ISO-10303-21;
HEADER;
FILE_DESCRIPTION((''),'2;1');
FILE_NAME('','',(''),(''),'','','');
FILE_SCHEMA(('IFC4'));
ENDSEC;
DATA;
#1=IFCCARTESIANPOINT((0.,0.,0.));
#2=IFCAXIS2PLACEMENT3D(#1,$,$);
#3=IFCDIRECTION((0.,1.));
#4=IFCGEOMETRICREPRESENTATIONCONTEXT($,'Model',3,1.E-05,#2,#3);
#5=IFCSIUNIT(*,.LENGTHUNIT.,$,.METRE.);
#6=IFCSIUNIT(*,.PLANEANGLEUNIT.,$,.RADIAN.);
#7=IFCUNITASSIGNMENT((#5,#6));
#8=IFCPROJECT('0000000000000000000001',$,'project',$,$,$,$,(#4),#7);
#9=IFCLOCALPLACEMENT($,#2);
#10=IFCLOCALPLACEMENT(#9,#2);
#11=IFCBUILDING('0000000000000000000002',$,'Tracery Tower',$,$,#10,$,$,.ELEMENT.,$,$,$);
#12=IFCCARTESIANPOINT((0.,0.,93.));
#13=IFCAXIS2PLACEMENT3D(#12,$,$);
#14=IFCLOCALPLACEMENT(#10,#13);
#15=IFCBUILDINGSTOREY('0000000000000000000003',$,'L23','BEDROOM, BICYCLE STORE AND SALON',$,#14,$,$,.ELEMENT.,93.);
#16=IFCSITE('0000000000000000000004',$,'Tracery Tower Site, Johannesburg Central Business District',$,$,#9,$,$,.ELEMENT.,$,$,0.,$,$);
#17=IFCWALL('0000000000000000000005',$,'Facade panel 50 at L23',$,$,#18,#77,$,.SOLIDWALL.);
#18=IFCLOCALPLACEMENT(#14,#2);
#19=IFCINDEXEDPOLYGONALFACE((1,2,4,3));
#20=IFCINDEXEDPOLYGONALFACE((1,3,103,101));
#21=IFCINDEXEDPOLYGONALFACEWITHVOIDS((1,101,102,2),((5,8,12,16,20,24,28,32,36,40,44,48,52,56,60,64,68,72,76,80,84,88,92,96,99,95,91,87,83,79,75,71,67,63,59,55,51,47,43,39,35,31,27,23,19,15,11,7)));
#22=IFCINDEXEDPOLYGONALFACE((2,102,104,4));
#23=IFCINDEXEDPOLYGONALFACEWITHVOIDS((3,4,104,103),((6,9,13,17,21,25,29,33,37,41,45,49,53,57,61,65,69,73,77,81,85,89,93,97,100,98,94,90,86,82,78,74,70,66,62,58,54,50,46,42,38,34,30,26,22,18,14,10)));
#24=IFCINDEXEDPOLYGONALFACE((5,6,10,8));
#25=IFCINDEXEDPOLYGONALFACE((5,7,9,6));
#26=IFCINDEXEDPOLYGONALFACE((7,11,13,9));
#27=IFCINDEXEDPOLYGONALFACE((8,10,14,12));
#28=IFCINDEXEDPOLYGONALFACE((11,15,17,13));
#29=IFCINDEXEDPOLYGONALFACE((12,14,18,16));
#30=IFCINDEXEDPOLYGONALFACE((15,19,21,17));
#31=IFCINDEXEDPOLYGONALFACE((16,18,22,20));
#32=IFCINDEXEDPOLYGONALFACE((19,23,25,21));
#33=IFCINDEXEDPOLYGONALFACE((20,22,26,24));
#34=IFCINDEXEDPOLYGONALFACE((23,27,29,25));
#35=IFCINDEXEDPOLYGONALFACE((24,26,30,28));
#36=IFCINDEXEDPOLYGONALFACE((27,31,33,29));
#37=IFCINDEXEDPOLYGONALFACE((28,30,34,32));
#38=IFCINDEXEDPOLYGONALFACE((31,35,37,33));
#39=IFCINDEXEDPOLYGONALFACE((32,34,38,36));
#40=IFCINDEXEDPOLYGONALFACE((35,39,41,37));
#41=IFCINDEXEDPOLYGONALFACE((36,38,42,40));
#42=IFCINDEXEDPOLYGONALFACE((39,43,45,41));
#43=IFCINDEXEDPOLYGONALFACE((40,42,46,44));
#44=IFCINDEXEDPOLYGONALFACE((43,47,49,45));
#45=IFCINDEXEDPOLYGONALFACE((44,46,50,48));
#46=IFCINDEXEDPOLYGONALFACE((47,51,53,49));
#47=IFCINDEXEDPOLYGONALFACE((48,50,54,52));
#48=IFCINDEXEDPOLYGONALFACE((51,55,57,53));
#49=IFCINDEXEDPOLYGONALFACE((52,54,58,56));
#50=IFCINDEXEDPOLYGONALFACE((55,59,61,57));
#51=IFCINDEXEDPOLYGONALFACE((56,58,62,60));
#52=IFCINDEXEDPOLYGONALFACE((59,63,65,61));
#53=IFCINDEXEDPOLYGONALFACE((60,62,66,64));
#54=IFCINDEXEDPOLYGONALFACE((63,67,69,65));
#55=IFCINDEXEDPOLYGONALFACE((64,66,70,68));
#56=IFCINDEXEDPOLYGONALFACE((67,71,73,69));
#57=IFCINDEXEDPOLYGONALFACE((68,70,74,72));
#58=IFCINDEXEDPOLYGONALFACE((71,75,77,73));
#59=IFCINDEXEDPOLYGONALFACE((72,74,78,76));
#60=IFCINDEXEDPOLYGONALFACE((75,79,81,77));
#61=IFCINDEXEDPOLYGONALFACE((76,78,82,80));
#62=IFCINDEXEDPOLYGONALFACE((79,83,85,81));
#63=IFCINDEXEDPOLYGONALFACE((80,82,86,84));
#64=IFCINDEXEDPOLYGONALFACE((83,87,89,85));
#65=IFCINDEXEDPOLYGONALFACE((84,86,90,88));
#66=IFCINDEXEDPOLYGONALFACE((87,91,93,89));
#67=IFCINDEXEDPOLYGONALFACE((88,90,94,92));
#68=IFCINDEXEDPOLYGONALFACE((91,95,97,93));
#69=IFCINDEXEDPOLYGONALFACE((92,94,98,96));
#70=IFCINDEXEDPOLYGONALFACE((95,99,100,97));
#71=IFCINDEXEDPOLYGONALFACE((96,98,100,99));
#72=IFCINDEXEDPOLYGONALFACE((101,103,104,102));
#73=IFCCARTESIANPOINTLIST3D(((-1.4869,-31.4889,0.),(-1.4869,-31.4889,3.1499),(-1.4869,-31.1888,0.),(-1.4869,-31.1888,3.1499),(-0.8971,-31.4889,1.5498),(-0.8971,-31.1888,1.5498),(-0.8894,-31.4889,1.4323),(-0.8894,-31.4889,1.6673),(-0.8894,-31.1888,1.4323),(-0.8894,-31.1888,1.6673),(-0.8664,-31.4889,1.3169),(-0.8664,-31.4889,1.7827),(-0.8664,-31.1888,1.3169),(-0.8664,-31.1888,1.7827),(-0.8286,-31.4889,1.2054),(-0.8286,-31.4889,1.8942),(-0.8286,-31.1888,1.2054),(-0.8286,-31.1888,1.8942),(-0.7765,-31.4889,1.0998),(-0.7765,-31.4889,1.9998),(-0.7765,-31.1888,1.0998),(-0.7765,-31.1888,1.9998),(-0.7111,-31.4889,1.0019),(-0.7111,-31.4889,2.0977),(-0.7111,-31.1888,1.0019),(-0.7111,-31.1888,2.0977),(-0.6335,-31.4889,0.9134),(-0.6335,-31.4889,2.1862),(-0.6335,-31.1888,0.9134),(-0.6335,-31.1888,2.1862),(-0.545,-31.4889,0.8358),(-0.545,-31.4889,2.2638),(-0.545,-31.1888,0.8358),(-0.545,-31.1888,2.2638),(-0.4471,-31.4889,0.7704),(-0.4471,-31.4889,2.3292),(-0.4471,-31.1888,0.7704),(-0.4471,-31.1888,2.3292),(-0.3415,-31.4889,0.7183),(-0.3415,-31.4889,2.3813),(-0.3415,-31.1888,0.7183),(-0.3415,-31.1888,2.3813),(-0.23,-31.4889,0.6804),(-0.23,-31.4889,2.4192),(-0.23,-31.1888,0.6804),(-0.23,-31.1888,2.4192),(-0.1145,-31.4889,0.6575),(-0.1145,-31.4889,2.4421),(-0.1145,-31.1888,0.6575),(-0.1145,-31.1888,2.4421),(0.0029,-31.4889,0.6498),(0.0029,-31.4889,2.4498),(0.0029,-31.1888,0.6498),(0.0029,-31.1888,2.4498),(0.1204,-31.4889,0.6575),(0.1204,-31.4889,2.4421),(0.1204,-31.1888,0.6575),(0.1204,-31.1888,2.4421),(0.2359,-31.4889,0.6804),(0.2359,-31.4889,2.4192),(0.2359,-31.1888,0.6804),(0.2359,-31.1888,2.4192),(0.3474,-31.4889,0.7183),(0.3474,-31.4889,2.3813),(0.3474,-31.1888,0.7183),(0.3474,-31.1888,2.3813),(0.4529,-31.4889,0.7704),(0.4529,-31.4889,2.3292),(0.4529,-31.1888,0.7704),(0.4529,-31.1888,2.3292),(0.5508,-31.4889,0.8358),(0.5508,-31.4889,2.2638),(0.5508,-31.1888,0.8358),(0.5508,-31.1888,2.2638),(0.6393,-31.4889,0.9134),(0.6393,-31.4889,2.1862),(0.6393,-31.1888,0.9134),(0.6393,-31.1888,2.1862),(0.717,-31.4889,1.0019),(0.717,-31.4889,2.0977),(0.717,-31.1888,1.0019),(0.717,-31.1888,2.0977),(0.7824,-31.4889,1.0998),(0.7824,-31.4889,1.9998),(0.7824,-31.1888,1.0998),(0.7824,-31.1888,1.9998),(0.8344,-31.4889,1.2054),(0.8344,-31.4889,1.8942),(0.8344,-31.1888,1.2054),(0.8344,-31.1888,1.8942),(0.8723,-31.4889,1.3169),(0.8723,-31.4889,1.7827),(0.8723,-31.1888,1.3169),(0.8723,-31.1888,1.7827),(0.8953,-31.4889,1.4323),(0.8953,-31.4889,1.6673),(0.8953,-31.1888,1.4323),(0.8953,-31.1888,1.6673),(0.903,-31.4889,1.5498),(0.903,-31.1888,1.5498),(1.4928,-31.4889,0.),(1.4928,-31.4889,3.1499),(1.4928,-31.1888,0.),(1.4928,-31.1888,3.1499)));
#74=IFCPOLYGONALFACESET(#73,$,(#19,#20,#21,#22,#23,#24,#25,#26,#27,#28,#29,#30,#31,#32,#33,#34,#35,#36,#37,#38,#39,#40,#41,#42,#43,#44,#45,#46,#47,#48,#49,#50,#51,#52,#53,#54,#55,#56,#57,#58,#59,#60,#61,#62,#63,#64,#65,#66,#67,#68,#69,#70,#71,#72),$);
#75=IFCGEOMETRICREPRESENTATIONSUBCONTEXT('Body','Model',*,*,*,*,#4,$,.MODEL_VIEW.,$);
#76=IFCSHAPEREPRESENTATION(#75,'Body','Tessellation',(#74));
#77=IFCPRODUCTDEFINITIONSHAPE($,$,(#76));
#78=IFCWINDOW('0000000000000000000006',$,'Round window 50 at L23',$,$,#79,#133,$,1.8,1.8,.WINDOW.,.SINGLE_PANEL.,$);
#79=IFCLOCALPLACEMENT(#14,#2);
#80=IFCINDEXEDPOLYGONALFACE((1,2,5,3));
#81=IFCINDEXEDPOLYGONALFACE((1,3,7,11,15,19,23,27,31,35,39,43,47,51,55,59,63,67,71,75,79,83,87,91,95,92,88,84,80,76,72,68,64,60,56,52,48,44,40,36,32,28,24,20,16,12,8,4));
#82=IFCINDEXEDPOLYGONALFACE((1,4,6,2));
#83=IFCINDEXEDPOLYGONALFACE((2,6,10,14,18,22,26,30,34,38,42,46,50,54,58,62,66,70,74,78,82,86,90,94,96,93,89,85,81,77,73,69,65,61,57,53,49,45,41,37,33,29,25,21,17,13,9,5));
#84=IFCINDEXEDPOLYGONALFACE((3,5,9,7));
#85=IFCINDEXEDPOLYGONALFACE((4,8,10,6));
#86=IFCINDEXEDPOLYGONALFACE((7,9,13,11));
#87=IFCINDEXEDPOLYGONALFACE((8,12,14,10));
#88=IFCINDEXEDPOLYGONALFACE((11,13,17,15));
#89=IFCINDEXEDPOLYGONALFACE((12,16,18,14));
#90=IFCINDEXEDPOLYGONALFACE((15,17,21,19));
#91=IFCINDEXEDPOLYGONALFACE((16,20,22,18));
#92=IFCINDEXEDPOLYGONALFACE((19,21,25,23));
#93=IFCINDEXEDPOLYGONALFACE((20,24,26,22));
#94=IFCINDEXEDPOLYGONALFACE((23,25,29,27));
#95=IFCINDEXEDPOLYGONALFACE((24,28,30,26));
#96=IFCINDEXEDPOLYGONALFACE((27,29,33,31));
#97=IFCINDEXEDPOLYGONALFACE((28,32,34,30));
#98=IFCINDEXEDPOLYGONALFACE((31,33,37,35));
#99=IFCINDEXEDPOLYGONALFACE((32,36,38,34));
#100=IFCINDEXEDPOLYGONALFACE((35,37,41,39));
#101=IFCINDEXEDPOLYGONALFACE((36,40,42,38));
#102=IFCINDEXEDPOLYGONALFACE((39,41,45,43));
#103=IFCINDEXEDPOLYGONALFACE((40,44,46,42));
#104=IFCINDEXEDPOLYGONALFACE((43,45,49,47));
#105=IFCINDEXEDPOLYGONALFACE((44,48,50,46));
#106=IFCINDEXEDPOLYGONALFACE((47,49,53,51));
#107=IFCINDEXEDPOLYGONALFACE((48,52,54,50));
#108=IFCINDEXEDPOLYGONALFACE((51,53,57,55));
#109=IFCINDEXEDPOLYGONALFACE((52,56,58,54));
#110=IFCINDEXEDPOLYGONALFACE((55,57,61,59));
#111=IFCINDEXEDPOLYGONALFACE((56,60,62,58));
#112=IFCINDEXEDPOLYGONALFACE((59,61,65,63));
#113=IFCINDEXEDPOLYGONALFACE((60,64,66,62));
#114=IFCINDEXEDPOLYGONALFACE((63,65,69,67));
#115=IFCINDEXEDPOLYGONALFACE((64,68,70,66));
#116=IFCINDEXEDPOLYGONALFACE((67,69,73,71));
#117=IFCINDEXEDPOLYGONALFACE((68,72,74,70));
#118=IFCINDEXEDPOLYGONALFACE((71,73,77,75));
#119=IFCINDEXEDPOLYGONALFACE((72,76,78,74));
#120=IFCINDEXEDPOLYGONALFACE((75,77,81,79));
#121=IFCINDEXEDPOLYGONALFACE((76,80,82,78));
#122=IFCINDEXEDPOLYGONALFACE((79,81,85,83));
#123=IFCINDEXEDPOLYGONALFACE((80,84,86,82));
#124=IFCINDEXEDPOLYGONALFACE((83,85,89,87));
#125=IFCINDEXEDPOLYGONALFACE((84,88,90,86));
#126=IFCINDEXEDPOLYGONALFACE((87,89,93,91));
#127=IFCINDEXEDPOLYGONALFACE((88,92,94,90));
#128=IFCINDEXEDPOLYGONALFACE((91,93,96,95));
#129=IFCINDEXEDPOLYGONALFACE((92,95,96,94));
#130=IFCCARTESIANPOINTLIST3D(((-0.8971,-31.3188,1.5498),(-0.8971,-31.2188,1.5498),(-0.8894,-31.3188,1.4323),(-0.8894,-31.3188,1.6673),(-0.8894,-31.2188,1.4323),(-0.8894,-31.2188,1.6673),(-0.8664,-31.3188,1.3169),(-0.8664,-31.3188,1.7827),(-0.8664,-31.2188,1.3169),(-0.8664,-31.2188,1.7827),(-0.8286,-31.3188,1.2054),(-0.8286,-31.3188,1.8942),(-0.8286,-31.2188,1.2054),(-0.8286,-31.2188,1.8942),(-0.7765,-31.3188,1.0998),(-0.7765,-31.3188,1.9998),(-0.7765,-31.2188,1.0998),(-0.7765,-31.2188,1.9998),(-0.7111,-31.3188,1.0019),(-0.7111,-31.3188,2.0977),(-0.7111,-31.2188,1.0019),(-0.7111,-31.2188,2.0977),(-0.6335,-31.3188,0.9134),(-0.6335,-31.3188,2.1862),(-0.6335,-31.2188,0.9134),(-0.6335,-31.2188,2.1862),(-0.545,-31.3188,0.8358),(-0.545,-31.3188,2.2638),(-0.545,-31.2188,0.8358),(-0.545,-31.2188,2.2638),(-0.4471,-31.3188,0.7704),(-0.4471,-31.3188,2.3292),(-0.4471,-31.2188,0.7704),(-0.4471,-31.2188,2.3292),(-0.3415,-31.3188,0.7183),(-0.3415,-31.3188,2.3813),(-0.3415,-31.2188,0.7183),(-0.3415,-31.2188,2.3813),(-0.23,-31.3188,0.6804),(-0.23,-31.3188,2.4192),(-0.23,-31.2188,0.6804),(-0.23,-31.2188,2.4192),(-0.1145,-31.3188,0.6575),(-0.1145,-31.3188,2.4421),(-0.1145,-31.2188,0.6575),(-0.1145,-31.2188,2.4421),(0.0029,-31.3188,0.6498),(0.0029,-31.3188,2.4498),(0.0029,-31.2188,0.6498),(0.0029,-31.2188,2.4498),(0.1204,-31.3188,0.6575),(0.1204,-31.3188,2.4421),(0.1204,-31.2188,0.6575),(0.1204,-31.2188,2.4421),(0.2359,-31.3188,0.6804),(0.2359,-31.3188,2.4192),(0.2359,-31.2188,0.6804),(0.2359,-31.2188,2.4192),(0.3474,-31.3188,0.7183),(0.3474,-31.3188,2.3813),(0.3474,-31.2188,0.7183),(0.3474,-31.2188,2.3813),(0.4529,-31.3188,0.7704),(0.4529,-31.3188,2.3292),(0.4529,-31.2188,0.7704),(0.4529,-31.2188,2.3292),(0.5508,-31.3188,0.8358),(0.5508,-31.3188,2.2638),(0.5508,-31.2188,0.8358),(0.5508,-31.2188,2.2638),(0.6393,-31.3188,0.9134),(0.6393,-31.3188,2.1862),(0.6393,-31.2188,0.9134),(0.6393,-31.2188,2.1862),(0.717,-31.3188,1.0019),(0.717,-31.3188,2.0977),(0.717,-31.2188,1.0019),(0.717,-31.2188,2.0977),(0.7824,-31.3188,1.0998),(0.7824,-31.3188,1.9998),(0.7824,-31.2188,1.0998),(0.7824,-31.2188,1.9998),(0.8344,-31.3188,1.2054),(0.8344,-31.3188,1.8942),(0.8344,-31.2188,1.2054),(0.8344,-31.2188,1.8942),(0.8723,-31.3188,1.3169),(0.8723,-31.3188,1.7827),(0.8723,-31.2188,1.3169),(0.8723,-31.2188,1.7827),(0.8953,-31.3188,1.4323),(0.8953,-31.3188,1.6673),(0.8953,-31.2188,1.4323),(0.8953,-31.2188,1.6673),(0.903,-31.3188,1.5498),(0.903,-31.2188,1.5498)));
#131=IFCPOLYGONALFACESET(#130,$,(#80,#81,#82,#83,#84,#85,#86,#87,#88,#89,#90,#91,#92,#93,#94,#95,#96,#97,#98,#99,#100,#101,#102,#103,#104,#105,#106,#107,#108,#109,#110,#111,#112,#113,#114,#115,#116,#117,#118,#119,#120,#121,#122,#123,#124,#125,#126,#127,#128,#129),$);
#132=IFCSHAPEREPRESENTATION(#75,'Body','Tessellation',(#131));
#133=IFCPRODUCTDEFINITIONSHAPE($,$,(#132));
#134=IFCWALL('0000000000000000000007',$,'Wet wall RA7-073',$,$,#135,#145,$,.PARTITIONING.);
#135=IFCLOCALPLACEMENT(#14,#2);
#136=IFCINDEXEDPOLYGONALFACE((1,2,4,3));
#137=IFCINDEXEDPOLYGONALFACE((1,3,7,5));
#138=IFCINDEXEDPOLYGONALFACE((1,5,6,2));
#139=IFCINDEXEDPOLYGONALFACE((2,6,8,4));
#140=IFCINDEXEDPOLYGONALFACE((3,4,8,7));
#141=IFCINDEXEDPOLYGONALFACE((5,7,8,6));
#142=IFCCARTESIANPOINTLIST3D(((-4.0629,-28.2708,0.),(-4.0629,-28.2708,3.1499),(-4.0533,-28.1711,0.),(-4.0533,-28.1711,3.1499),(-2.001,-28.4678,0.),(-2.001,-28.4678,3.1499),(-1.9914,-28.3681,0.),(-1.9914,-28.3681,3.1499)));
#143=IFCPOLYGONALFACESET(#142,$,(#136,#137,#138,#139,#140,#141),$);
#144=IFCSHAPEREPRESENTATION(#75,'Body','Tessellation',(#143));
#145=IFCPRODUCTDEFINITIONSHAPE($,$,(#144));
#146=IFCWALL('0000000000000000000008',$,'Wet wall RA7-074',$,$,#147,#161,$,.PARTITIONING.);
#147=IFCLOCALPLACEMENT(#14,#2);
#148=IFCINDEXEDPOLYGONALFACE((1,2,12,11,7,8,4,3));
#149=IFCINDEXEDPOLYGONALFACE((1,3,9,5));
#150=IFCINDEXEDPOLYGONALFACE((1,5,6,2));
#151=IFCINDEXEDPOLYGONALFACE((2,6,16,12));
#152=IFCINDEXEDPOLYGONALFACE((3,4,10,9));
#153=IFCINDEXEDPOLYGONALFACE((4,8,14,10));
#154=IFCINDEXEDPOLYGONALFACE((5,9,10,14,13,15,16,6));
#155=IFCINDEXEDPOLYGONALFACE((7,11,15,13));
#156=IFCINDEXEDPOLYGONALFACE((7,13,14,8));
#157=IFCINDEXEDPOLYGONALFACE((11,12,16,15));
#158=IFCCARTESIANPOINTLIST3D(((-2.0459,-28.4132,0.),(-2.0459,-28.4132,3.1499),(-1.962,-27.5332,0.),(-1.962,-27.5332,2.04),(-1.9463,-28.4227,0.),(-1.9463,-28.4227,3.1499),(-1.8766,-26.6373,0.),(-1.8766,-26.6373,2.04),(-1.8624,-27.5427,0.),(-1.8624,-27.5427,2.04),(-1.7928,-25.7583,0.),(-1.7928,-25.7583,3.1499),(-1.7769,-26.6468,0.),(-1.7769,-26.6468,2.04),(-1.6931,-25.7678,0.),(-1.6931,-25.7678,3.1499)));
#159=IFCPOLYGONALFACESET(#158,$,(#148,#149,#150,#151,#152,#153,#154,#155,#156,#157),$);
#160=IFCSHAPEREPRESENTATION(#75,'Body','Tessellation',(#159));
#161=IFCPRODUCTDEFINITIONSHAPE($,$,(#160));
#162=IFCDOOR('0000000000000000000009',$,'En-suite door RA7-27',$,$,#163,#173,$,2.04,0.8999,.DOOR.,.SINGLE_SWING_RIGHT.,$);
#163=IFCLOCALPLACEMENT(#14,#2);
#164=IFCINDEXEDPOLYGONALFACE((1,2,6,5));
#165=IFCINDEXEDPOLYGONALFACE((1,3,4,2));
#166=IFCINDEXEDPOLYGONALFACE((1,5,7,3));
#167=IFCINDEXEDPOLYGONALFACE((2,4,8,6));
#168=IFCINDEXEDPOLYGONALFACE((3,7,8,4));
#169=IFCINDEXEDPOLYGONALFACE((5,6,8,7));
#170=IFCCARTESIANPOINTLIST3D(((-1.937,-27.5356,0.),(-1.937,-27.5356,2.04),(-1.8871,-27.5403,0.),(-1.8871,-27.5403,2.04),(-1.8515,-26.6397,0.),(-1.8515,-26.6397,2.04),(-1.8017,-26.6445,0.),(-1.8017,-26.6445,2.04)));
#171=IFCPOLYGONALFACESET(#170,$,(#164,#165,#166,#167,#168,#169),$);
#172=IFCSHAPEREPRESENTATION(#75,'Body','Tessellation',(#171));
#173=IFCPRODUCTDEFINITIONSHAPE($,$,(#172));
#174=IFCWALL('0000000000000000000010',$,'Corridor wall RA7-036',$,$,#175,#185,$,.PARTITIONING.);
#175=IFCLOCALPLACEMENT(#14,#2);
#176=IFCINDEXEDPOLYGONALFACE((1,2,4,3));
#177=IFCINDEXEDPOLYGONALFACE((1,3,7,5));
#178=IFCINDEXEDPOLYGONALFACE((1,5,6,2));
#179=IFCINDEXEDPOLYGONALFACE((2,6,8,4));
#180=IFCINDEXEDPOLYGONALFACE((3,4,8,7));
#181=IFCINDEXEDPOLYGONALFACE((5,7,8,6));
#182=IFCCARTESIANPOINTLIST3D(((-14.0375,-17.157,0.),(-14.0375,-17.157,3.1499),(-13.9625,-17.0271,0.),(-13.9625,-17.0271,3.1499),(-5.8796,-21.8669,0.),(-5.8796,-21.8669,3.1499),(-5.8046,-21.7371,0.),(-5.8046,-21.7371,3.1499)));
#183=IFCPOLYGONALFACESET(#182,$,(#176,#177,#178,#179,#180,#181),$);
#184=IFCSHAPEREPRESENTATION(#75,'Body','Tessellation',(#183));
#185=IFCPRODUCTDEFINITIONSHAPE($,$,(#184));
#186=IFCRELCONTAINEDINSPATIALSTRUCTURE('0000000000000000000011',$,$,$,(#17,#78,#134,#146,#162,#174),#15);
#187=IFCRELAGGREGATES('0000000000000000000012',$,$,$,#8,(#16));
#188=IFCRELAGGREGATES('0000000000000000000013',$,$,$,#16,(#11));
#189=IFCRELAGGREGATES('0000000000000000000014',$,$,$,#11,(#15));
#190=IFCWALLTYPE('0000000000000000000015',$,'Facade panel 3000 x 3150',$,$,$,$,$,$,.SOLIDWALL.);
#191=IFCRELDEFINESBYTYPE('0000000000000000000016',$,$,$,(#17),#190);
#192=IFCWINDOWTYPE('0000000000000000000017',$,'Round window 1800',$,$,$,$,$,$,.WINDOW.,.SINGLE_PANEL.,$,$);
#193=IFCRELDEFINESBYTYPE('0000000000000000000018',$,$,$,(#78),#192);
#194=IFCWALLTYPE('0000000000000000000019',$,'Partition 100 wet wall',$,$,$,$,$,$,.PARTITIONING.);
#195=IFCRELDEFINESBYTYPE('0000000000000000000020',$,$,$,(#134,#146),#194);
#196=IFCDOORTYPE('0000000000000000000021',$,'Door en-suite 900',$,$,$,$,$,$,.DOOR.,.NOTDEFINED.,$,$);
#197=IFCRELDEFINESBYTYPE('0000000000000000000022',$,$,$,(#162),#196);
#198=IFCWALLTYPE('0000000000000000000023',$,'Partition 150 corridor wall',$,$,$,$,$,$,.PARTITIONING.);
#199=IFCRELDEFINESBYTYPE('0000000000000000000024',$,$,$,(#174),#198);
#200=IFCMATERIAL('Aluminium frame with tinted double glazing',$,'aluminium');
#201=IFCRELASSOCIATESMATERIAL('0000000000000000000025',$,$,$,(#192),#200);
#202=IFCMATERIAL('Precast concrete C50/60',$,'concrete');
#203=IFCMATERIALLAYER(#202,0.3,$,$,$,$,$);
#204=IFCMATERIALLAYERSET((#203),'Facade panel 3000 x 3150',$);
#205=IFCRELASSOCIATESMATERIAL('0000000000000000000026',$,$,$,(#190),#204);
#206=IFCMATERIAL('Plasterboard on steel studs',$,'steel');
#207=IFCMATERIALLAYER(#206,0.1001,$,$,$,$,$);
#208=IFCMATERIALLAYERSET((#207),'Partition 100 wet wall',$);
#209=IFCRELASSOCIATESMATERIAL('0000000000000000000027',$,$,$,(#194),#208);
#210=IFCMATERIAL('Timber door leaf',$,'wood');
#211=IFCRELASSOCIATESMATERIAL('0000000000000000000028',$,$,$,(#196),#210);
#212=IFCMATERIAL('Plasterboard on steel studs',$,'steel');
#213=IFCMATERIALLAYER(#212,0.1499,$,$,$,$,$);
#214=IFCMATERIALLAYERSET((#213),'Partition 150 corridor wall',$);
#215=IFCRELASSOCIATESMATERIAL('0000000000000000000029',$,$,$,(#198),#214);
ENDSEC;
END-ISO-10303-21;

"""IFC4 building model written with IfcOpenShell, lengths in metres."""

from ifc_helpers import new_model, si_unit, direction, frame, frame_2d, origin, origin_2d, place, context, subcontext, project, spatial, rectangle, circle, extrude, material, layer, layer_set, type_object, element, fill, save


model = new_model("IFC4")

# Units and contexts
model_context = context("Model", 3, precision=1e-05, world=origin(), true_north=direction((0.0, 1.0)))
body_context = subcontext(model_context, "Body", "Model", "MODEL_VIEW")
ifc_project = project(units=[si_unit("LENGTHUNIT", "METRE"), si_unit("PLANEANGLEUNIT", "RADIAN")], contexts=[model_context])

# Site, building, storey
site_placement = place(None, origin())
site = spatial("IfcSite", under=ifc_project, at=site_placement, Name="Tracery Tower Site, Johannesburg Central Business District", CompositionType="ELEMENT", RefElevation=0.0)
building_placement = place(site_placement, origin())
building = spatial("IfcBuilding", under=site, at=building_placement, Name="Tracery Tower", CompositionType="ELEMENT")
storey_placement = place(building_placement, frame((0.0, 0.0, 93.0)))
storey = spatial("IfcBuildingStorey", under=building, at=storey_placement, Name="L23", Description="BEDROOM, BICYCLE STORE AND SALON", CompositionType="ELEMENT", Elevation=93.0)

# Wall, opening, window
ifc_material_1 = material(Name="Aluminium frame with tinted double glazing", Category="aluminium")
window_type = type_object("IfcWindowType", Name="Round window 1800", PartitioningType="SINGLE_PANEL", PredefinedType="WINDOW", material=ifc_material_1)
ifc_material_2 = material(Name="Precast concrete C50/60", Category="concrete")
ifc_layer_1 = layer(ifc_material_2, 0.3)
ifc_layer_set_1 = layer_set([ifc_layer_1], Name="Facade panel 3000 x 3150")
wall_type_1 = type_object("IfcWallType", Name="Facade panel 3000 x 3150", PredefinedType="SOLIDWALL", material=ifc_layer_set_1)
wall_1_placement = place(storey_placement, frame((-1.4868, -31.3389, 0.0), z_axis=(0.0, 0.0, 1.0), x_axis=(1.0, 0.0, 0.0)))
wall_1 = element("IfcWall", 1, at=wall_1_placement, inside=storey, type_object=wall_type_1, Name="Facade panel 50 at L23", PredefinedType="SOLIDWALL", context=body_context, shape_type="SweptSolid", body=[
    extrude(rectangle(XDim=2.9797, YDim=0.3, at=frame_2d((1.4897, 0.0))), origin(), (0.0, 0.0, 1.0), 3.1499),
])
opening_1_placement = place(wall_1_placement, frame((1.4897, 0.0, 1.5498)))
opening_1 = element("IfcOpeningElement", 2, at=opening_1_placement, cuts=wall_1, PredefinedType="OPENING", context=body_context, shape_type="SweptSolid", body=[
    extrude(circle(Radius=0.9, at=origin_2d()), frame((0.0, 0.1599, 0.0), z_axis=(0.0, -1.0, 0.0), x_axis=(1.0, 0.0, 0.0)), (0.0, 0.0, 1.0), 0.3201),
])
window_1_placement = place(opening_1_placement, origin())
window_1 = element("IfcWindow", 3, at=window_1_placement, inside=storey, type_object=window_type, Name="Round window 50 at L23", OverallHeight=1.8, OverallWidth=1.8, PartitioningType="SINGLE_PANEL", PredefinedType="WINDOW", context=body_context, shape_type="SweptSolid", body=[
    extrude(circle(Radius=0.9, at=origin_2d()), frame((0.0, 0.1201, 0.0), z_axis=(0.0, -1.0, 0.0), x_axis=(1.0, 0.0, 0.0)), (0.0, 0.0, 1.0), 0.1001),
])
fill(opening_1, window_1)

# Wall
ifc_material_3 = material(Name="Plasterboard on steel studs", Category="steel")
ifc_layer_2 = layer(ifc_material_3, 0.1001)
ifc_layer_set_2 = layer_set([ifc_layer_2], Name="Partition 100 wet wall")
wall_type_2 = type_object("IfcWallType", Name="Partition 100 wet wall", PredefinedType="PARTITIONING", material=ifc_layer_set_2)
wall_2_placement = place(storey_placement, frame((-4.0581, -28.2209, 0.0), z_axis=(0.0, 0.0, 1.0), x_axis=(0.995466, -0.095115, 0.0)))
element("IfcWall", 4, at=wall_2_placement, inside=storey, type_object=wall_type_2, Name="Wet wall RA7-073", PredefinedType="PARTITIONING", context=body_context, shape_type="SweptSolid", body=[
    extrude(rectangle(XDim=2.0713, YDim=0.1001, at=frame_2d((1.0356, 0.0))), origin(), (0.0, 0.0, 1.0), 3.1499),
])

# Wall, opening, door
wall_3_placement = place(storey_placement, frame((-1.9961, -28.418, 0.0), z_axis=(0.0, 0.0, 1.0), x_axis=(0.094926, 0.995484, 0.0)))
wall_3 = element("IfcWall", 5, at=wall_3_placement, inside=storey, type_object=wall_type_2, Name="Wet wall RA7-074", PredefinedType="PARTITIONING", context=body_context, shape_type="SweptSolid", body=[
    extrude(rectangle(XDim=2.667, YDim=0.1001, at=frame_2d((1.3335, 0.0))), origin(), (0.0, 0.0, 1.0), 3.1499),
])
opening_2_placement = place(wall_3_placement, frame((0.884, 0.0, 0.0)))
opening_2 = element("IfcOpeningElement", 6, at=opening_2_placement, cuts=wall_3, PredefinedType="OPENING", context=body_context, shape_type="SweptSolid", body=[
    extrude(rectangle(XDim=0.8999, YDim=2.04, at=frame_2d((0.45, 1.02))), frame((0.0, 0.05, 0.0), z_axis=(0.0, -1.0, 0.0), x_axis=(1.0, 0.0, 0.0)), (0.0, 0.0, 1.0), 0.1001),
])
ifc_material_4 = material(Name="Timber door leaf", Category="wood")
door_type_1 = type_object("IfcDoorType", Name="Door en-suite 900", OperationType="NOTDEFINED", PredefinedType="DOOR", material=ifc_material_4)
door_1_placement = place(opening_2_placement, origin())
door_1 = element("IfcDoor", 7, at=door_1_placement, inside=storey, type_object=door_type_1, Name="En-suite door RA7-27", OperationType="SINGLE_SWING_RIGHT", OverallHeight=2.04, OverallWidth=0.8999, PredefinedType="DOOR", context=body_context, shape_type="SweptSolid", body=[
    extrude(rectangle(XDim=0.8999, YDim=2.04, at=frame_2d((0.45, 1.02))), frame((0.0, 0.0249, 0.0), z_axis=(0.0, -1.0, 0.0), x_axis=(1.0, 0.0, 0.0)), (0.0, 0.0, 1.0), 0.05),
])
fill(opening_2, door_1)

# Wall
ifc_material_5 = material(Name="Plasterboard on steel studs", Category="steel")
ifc_layer_3 = layer(ifc_material_5, 0.1499)
ifc_layer_set_3 = layer_set([ifc_layer_3], Name="Partition 150 corridor wall")
wall_type_3 = type_object("IfcWallType", Name="Partition 150 corridor wall", PredefinedType="PARTITIONING", material=ifc_layer_set_3)
wall_4_placement = place(storey_placement, frame((-14.0, -17.092, 0.0), z_axis=(0.0, 0.0, 1.0), x_axis=(0.866027, -0.499997, 0.0)))
element("IfcWall", 8, at=wall_4_placement, inside=storey, type_object=wall_type_3, Name="Corridor wall RA7-036", PredefinedType="PARTITIONING", context=body_context, shape_type="SweptSolid", body=[
    extrude(rectangle(XDim=9.4199, YDim=0.1499, at=frame_2d((4.71, 0.0))), origin(), (0.0, 0.0, 1.0), 3.1499),
])

save(model, "model.ifc")
